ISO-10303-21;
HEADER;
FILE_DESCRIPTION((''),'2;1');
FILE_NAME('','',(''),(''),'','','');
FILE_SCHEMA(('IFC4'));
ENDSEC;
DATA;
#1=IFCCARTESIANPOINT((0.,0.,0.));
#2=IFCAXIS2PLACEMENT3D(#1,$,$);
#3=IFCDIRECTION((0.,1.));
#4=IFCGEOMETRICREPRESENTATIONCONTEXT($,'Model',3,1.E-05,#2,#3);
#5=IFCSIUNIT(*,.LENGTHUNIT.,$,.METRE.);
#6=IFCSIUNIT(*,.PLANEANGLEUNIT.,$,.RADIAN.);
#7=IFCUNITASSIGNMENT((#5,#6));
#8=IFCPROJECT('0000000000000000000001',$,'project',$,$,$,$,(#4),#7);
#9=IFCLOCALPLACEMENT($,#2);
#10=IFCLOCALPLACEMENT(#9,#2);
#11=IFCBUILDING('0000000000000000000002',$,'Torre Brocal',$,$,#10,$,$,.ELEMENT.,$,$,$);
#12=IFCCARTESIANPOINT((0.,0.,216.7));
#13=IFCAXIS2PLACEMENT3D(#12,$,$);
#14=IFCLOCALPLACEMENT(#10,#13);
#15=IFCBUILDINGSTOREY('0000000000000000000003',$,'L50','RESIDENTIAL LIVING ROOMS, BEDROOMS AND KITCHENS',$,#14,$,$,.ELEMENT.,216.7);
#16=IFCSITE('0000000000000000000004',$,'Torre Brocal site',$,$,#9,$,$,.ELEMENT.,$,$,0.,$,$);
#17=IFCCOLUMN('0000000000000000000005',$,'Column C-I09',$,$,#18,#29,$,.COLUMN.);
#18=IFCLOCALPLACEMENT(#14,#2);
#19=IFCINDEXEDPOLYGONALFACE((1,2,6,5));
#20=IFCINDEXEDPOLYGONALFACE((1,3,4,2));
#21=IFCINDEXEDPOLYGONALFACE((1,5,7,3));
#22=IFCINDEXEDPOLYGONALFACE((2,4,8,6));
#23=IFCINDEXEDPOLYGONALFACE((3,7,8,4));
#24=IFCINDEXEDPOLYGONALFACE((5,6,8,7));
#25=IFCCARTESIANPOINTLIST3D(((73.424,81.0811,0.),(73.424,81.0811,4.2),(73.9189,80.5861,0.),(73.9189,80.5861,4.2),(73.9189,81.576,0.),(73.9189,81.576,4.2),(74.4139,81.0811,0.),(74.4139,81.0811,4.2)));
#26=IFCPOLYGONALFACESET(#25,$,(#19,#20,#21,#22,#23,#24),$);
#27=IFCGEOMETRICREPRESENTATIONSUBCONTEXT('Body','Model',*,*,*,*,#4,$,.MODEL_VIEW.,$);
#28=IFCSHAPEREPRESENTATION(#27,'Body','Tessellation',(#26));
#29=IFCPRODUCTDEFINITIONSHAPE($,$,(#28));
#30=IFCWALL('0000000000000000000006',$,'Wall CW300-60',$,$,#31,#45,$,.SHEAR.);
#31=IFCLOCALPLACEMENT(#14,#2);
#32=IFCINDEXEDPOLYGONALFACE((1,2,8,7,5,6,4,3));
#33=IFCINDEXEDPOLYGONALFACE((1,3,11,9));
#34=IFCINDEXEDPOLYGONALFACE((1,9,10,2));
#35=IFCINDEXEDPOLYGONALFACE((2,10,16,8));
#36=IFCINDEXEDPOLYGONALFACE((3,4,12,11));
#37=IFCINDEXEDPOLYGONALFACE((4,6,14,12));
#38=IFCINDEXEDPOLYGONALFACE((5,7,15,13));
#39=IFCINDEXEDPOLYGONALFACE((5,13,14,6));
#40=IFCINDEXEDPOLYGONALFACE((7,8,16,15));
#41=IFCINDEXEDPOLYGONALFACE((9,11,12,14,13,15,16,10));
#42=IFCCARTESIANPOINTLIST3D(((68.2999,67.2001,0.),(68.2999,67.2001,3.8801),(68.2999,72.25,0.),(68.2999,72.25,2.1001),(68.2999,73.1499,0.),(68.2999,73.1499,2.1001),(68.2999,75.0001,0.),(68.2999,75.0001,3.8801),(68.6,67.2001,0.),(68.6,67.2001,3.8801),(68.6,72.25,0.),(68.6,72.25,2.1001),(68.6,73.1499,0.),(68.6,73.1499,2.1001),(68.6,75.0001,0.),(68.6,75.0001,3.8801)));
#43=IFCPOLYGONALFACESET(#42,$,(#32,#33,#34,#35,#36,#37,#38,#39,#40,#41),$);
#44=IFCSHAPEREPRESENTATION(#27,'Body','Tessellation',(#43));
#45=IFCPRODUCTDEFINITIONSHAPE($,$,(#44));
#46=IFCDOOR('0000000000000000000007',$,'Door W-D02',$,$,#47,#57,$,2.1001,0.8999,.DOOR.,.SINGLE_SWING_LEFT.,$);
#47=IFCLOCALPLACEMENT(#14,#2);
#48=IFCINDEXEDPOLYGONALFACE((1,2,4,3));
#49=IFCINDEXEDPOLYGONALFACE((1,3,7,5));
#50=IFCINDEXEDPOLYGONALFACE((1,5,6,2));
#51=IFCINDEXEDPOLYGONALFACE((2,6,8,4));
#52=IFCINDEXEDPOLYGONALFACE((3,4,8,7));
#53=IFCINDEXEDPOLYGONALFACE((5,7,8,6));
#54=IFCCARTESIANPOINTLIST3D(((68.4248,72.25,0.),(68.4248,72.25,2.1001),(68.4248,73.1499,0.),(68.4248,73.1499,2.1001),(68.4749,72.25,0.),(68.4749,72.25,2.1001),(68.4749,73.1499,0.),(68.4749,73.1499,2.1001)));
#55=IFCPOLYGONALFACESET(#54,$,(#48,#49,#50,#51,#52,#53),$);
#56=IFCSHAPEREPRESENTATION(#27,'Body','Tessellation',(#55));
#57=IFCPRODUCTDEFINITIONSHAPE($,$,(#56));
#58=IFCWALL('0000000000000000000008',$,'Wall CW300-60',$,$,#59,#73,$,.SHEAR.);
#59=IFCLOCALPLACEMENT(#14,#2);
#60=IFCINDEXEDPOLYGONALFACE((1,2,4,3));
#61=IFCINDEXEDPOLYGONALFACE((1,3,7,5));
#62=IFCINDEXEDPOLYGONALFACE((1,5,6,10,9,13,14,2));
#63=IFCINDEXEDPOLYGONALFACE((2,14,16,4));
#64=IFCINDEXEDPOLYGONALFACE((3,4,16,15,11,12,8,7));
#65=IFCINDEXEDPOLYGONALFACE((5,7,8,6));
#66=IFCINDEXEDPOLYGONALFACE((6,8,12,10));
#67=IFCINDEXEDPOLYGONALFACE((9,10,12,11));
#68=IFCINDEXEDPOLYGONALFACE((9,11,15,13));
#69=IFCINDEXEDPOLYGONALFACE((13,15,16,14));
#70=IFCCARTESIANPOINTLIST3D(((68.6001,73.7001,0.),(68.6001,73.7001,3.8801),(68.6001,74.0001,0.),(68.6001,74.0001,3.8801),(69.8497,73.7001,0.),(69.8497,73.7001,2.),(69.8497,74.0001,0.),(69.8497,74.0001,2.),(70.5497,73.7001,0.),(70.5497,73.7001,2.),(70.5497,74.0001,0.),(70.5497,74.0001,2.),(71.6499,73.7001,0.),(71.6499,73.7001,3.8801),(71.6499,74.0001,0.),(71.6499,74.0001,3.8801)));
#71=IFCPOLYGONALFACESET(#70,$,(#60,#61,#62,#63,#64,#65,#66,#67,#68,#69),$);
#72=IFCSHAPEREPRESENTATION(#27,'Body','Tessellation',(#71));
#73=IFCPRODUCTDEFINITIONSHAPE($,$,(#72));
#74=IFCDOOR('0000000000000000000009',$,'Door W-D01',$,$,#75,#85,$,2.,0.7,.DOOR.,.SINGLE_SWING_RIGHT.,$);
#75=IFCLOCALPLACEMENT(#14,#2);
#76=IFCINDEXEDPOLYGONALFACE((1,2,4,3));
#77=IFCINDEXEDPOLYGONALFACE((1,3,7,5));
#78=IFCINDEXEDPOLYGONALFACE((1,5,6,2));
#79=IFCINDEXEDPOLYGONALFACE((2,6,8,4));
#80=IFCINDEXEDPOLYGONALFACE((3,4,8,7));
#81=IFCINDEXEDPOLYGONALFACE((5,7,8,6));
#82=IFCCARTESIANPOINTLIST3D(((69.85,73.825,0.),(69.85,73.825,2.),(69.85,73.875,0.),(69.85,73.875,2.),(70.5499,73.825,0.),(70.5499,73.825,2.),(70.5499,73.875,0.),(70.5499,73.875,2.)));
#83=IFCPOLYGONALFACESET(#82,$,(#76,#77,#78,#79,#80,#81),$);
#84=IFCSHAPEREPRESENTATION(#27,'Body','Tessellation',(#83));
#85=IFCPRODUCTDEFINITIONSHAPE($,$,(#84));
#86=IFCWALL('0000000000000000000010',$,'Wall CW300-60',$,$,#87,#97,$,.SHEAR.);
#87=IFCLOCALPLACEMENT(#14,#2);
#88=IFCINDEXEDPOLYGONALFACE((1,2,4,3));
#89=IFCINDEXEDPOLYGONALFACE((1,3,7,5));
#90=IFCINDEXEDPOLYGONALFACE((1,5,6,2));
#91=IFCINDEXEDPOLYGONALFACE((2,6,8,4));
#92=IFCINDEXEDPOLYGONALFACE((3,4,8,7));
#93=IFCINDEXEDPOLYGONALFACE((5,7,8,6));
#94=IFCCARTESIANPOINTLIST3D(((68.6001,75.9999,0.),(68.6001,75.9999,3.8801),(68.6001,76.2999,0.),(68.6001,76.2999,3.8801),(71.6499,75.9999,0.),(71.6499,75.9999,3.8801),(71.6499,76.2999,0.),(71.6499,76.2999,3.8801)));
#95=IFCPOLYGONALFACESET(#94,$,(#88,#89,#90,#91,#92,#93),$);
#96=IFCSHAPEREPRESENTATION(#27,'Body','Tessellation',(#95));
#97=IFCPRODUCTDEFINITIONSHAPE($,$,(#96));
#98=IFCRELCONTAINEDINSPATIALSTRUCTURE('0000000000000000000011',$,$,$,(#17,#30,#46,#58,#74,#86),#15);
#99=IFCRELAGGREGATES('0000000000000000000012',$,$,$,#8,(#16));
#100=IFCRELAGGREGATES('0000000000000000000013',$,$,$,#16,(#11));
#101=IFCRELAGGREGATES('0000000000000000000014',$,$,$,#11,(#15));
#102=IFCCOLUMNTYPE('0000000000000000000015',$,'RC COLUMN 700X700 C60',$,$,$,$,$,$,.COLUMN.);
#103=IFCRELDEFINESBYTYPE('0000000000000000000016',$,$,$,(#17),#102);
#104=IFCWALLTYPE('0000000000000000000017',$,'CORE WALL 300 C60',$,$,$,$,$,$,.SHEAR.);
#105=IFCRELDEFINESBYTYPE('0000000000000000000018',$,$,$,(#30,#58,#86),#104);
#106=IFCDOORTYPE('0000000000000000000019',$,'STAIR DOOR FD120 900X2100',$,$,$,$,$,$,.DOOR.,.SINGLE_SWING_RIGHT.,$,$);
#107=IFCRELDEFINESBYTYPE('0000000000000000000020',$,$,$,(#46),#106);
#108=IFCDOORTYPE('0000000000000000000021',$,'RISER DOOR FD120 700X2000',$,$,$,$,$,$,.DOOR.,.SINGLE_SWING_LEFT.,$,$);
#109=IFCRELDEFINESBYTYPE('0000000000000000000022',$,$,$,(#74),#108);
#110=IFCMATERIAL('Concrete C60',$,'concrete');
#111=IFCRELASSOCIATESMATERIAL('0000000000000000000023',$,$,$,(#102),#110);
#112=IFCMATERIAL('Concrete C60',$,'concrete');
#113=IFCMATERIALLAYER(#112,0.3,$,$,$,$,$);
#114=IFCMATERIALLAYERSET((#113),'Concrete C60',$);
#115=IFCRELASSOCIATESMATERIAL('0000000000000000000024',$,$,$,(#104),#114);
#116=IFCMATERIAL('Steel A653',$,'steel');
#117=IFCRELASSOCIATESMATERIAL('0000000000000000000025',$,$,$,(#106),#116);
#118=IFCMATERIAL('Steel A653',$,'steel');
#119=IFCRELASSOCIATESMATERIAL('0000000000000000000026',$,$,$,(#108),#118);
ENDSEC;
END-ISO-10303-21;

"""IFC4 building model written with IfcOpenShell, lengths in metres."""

from ifc_helpers import new_model, si_unit, direction, frame, frame_2d, origin, origin_2d, place, context, subcontext, project, spatial, rectangle, extrude, material, layer, layer_set, material_profile, profile_set, type_object, element, fill, save


model = new_model("IFC4")

# Units and contexts
model_context = context("Model", 3, precision=1e-05, world=origin(), true_north=direction((0.0, 1.0)))
body_context = subcontext(model_context, "Body", "Model", "MODEL_VIEW")
ifc_project = project(units=[si_unit("LENGTHUNIT", "METRE"), si_unit("PLANEANGLEUNIT", "RADIAN")], contexts=[model_context])

# Site, building, storey
site_placement = place(None, origin())
site = spatial("IfcSite", under=ifc_project, at=site_placement, Name="Torre Brocal site", CompositionType="ELEMENT", RefElevation=0.0)
building_placement = place(site_placement, origin())
building = spatial("IfcBuilding", under=site, at=building_placement, Name="Torre Brocal", CompositionType="ELEMENT")
storey_placement = place(building_placement, frame((0.0, 0.0, 216.7)))
storey = spatial("IfcBuildingStorey", under=building, at=storey_placement, Name="L50", Description="RESIDENTIAL LIVING ROOMS, BEDROOMS AND KITCHENS", CompositionType="ELEMENT", Elevation=216.7)

# Column
ifc_material_1 = material(Name="Concrete C60", Category="concrete")
ifc_material_profile = material_profile(ifc_material_1, rectangle(XDim=0.7, YDim=0.7, at=origin_2d()), Name="RC 700X700")
ifc_profile_set = profile_set([ifc_material_profile], Name="Concrete C60")
column_type = type_object("IfcColumnType", Name="RC COLUMN 700X700 C60", PredefinedType="COLUMN", material=ifc_profile_set)
column_placement = place(storey_placement, frame((73.9189, 81.0811, 0.0), z_axis=(0.0, 0.0, 1.0), x_axis=(-0.707107, 0.707107, 0.0)))
element("IfcColumn", 1, at=column_placement, inside=storey, type_object=column_type, Name="Column C-I09", PredefinedType="COLUMN", context=body_context, shape_type="SweptSolid", body=[
    extrude(rectangle(XDim=0.7, YDim=0.7, at=origin_2d()), origin(), (0.0, 0.0, 1.0), 4.2),
])

# Walls, openings, doors
ifc_material_2 = material(Name="Concrete C60", Category="concrete")
ifc_layer_1 = layer(ifc_material_2, 0.3)
ifc_layer_set_1 = layer_set([ifc_layer_1], Name="Concrete C60")
wall_type_1 = type_object("IfcWallType", Name="CORE WALL 300 C60", PredefinedType="SHEAR", material=ifc_layer_set_1)
wall_1_placement = place(storey_placement, frame((68.45, 75.0, 0.0), z_axis=(0.0, 0.0, 1.0), x_axis=(0.0, -1.0, 0.0)))
wall_1 = element("IfcWall", 2, at=wall_1_placement, inside=storey, type_object=wall_type_1, Name="Wall CW300-60", PredefinedType="SHEAR", context=body_context, shape_type="SweptSolid", body=[
    extrude(rectangle(XDim=7.8, YDim=0.3, at=frame_2d((3.8999, 0.0))), origin(), (0.0, 0.0, 1.0), 3.8801),
])
opening_1_placement = place(wall_1_placement, frame((1.8501, 0.0, 0.0)))
opening_1 = element("IfcOpeningElement", 3, at=opening_1_placement, cuts=wall_1, PredefinedType="OPENING", context=body_context, shape_type="SweptSolid", body=[
    extrude(rectangle(XDim=0.8999, YDim=2.1001, at=frame_2d((0.45, 1.05))), frame((0.0, 0.1599, 0.0), z_axis=(0.0, -1.0, 0.0), x_axis=(1.0, 0.0, 0.0)), (0.0, 0.0, 1.0), 0.3201),
])
ifc_material_3 = material(Name="Steel A653", Category="steel")
door_type_1 = type_object("IfcDoorType", Name="STAIR DOOR FD120 900X2100", OperationType="SINGLE_SWING_RIGHT", PredefinedType="DOOR", material=ifc_material_3)
door_1_placement = place(opening_1_placement, origin())
door_1 = element("IfcDoor", 4, at=door_1_placement, inside=storey, type_object=door_type_1, Name="Door W-D02", OperationType="SINGLE_SWING_LEFT", OverallHeight=2.1001, OverallWidth=0.8999, PredefinedType="DOOR", context=body_context, shape_type="SweptSolid", body=[
    extrude(rectangle(XDim=0.8999, YDim=2.1001, at=frame_2d((0.45, 1.05))), frame((0.0, 0.0249, 0.0), z_axis=(0.0, -1.0, 0.0), x_axis=(1.0, 0.0, 0.0)), (0.0, 0.0, 1.0), 0.05),
])
fill(opening_1, door_1)
wall_2_placement = place(storey_placement, frame((71.6499, 73.8501, 0.0), z_axis=(0.0, 0.0, 1.0), x_axis=(-1.0, 0.0, 0.0)))
wall_2 = element("IfcWall", 5, at=wall_2_placement, inside=storey, type_object=wall_type_1, Name="Wall CW300-60", PredefinedType="SHEAR", context=body_context, shape_type="SweptSolid", body=[
    extrude(rectangle(XDim=3.0498, YDim=0.3, at=frame_2d((1.5249, 0.0))), origin(), (0.0, 0.0, 1.0), 3.8801),
])
opening_2_placement = place(wall_2_placement, frame((1.1001, 0.0, 0.0)))
opening_2 = element("IfcOpeningElement", 6, at=opening_2_placement, cuts=wall_2, PredefinedType="OPENING", context=body_context, shape_type="SweptSolid", body=[
    extrude(rectangle(XDim=0.7, YDim=2.0, at=frame_2d((0.3501, 1.0))), frame((0.0, 0.1599, 0.0), z_axis=(0.0, -1.0, 0.0), x_axis=(1.0, 0.0, 0.0)), (0.0, 0.0, 1.0), 0.3201),
])
ifc_material_4 = material(Name="Steel A653", Category="steel")
door_type_2 = type_object("IfcDoorType", Name="RISER DOOR FD120 700X2000", OperationType="SINGLE_SWING_LEFT", PredefinedType="DOOR", material=ifc_material_4)
door_2_placement = place(opening_2_placement, frame((0.7, 0.0, 0.0), z_axis=(0.0, 0.0, 1.0), x_axis=(-1.0, 0.0, 0.0)))
door_2 = element("IfcDoor", 7, at=door_2_placement, inside=storey, type_object=door_type_2, Name="Door W-D01", OperationType="SINGLE_SWING_RIGHT", OverallHeight=2.0, OverallWidth=0.7, PredefinedType="DOOR", context=body_context, shape_type="SweptSolid", body=[
    extrude(rectangle(XDim=0.7, YDim=2.0, at=frame_2d((0.3501, 1.0))), frame((0.0, 0.0249, 0.0), z_axis=(0.0, -1.0, 0.0), x_axis=(1.0, 0.0, 0.0)), (0.0, 0.0, 1.0), 0.05),
])
fill(opening_2, door_2)

# Wall
wall_3_placement = place(storey_placement, frame((71.6499, 76.1499, 0.0), z_axis=(0.0, 0.0, 1.0), x_axis=(-1.0, 0.0, 0.0)))
element("IfcWall", 8, at=wall_3_placement, inside=storey, type_object=wall_type_1, Name="Wall CW300-60", PredefinedType="SHEAR", context=body_context, shape_type="SweptSolid", body=[
    extrude(rectangle(XDim=3.0498, YDim=0.3, at=frame_2d((1.5249, 0.0))), origin(), (0.0, 0.0, 1.0), 3.8801),
])

save(model, "model.ifc")
